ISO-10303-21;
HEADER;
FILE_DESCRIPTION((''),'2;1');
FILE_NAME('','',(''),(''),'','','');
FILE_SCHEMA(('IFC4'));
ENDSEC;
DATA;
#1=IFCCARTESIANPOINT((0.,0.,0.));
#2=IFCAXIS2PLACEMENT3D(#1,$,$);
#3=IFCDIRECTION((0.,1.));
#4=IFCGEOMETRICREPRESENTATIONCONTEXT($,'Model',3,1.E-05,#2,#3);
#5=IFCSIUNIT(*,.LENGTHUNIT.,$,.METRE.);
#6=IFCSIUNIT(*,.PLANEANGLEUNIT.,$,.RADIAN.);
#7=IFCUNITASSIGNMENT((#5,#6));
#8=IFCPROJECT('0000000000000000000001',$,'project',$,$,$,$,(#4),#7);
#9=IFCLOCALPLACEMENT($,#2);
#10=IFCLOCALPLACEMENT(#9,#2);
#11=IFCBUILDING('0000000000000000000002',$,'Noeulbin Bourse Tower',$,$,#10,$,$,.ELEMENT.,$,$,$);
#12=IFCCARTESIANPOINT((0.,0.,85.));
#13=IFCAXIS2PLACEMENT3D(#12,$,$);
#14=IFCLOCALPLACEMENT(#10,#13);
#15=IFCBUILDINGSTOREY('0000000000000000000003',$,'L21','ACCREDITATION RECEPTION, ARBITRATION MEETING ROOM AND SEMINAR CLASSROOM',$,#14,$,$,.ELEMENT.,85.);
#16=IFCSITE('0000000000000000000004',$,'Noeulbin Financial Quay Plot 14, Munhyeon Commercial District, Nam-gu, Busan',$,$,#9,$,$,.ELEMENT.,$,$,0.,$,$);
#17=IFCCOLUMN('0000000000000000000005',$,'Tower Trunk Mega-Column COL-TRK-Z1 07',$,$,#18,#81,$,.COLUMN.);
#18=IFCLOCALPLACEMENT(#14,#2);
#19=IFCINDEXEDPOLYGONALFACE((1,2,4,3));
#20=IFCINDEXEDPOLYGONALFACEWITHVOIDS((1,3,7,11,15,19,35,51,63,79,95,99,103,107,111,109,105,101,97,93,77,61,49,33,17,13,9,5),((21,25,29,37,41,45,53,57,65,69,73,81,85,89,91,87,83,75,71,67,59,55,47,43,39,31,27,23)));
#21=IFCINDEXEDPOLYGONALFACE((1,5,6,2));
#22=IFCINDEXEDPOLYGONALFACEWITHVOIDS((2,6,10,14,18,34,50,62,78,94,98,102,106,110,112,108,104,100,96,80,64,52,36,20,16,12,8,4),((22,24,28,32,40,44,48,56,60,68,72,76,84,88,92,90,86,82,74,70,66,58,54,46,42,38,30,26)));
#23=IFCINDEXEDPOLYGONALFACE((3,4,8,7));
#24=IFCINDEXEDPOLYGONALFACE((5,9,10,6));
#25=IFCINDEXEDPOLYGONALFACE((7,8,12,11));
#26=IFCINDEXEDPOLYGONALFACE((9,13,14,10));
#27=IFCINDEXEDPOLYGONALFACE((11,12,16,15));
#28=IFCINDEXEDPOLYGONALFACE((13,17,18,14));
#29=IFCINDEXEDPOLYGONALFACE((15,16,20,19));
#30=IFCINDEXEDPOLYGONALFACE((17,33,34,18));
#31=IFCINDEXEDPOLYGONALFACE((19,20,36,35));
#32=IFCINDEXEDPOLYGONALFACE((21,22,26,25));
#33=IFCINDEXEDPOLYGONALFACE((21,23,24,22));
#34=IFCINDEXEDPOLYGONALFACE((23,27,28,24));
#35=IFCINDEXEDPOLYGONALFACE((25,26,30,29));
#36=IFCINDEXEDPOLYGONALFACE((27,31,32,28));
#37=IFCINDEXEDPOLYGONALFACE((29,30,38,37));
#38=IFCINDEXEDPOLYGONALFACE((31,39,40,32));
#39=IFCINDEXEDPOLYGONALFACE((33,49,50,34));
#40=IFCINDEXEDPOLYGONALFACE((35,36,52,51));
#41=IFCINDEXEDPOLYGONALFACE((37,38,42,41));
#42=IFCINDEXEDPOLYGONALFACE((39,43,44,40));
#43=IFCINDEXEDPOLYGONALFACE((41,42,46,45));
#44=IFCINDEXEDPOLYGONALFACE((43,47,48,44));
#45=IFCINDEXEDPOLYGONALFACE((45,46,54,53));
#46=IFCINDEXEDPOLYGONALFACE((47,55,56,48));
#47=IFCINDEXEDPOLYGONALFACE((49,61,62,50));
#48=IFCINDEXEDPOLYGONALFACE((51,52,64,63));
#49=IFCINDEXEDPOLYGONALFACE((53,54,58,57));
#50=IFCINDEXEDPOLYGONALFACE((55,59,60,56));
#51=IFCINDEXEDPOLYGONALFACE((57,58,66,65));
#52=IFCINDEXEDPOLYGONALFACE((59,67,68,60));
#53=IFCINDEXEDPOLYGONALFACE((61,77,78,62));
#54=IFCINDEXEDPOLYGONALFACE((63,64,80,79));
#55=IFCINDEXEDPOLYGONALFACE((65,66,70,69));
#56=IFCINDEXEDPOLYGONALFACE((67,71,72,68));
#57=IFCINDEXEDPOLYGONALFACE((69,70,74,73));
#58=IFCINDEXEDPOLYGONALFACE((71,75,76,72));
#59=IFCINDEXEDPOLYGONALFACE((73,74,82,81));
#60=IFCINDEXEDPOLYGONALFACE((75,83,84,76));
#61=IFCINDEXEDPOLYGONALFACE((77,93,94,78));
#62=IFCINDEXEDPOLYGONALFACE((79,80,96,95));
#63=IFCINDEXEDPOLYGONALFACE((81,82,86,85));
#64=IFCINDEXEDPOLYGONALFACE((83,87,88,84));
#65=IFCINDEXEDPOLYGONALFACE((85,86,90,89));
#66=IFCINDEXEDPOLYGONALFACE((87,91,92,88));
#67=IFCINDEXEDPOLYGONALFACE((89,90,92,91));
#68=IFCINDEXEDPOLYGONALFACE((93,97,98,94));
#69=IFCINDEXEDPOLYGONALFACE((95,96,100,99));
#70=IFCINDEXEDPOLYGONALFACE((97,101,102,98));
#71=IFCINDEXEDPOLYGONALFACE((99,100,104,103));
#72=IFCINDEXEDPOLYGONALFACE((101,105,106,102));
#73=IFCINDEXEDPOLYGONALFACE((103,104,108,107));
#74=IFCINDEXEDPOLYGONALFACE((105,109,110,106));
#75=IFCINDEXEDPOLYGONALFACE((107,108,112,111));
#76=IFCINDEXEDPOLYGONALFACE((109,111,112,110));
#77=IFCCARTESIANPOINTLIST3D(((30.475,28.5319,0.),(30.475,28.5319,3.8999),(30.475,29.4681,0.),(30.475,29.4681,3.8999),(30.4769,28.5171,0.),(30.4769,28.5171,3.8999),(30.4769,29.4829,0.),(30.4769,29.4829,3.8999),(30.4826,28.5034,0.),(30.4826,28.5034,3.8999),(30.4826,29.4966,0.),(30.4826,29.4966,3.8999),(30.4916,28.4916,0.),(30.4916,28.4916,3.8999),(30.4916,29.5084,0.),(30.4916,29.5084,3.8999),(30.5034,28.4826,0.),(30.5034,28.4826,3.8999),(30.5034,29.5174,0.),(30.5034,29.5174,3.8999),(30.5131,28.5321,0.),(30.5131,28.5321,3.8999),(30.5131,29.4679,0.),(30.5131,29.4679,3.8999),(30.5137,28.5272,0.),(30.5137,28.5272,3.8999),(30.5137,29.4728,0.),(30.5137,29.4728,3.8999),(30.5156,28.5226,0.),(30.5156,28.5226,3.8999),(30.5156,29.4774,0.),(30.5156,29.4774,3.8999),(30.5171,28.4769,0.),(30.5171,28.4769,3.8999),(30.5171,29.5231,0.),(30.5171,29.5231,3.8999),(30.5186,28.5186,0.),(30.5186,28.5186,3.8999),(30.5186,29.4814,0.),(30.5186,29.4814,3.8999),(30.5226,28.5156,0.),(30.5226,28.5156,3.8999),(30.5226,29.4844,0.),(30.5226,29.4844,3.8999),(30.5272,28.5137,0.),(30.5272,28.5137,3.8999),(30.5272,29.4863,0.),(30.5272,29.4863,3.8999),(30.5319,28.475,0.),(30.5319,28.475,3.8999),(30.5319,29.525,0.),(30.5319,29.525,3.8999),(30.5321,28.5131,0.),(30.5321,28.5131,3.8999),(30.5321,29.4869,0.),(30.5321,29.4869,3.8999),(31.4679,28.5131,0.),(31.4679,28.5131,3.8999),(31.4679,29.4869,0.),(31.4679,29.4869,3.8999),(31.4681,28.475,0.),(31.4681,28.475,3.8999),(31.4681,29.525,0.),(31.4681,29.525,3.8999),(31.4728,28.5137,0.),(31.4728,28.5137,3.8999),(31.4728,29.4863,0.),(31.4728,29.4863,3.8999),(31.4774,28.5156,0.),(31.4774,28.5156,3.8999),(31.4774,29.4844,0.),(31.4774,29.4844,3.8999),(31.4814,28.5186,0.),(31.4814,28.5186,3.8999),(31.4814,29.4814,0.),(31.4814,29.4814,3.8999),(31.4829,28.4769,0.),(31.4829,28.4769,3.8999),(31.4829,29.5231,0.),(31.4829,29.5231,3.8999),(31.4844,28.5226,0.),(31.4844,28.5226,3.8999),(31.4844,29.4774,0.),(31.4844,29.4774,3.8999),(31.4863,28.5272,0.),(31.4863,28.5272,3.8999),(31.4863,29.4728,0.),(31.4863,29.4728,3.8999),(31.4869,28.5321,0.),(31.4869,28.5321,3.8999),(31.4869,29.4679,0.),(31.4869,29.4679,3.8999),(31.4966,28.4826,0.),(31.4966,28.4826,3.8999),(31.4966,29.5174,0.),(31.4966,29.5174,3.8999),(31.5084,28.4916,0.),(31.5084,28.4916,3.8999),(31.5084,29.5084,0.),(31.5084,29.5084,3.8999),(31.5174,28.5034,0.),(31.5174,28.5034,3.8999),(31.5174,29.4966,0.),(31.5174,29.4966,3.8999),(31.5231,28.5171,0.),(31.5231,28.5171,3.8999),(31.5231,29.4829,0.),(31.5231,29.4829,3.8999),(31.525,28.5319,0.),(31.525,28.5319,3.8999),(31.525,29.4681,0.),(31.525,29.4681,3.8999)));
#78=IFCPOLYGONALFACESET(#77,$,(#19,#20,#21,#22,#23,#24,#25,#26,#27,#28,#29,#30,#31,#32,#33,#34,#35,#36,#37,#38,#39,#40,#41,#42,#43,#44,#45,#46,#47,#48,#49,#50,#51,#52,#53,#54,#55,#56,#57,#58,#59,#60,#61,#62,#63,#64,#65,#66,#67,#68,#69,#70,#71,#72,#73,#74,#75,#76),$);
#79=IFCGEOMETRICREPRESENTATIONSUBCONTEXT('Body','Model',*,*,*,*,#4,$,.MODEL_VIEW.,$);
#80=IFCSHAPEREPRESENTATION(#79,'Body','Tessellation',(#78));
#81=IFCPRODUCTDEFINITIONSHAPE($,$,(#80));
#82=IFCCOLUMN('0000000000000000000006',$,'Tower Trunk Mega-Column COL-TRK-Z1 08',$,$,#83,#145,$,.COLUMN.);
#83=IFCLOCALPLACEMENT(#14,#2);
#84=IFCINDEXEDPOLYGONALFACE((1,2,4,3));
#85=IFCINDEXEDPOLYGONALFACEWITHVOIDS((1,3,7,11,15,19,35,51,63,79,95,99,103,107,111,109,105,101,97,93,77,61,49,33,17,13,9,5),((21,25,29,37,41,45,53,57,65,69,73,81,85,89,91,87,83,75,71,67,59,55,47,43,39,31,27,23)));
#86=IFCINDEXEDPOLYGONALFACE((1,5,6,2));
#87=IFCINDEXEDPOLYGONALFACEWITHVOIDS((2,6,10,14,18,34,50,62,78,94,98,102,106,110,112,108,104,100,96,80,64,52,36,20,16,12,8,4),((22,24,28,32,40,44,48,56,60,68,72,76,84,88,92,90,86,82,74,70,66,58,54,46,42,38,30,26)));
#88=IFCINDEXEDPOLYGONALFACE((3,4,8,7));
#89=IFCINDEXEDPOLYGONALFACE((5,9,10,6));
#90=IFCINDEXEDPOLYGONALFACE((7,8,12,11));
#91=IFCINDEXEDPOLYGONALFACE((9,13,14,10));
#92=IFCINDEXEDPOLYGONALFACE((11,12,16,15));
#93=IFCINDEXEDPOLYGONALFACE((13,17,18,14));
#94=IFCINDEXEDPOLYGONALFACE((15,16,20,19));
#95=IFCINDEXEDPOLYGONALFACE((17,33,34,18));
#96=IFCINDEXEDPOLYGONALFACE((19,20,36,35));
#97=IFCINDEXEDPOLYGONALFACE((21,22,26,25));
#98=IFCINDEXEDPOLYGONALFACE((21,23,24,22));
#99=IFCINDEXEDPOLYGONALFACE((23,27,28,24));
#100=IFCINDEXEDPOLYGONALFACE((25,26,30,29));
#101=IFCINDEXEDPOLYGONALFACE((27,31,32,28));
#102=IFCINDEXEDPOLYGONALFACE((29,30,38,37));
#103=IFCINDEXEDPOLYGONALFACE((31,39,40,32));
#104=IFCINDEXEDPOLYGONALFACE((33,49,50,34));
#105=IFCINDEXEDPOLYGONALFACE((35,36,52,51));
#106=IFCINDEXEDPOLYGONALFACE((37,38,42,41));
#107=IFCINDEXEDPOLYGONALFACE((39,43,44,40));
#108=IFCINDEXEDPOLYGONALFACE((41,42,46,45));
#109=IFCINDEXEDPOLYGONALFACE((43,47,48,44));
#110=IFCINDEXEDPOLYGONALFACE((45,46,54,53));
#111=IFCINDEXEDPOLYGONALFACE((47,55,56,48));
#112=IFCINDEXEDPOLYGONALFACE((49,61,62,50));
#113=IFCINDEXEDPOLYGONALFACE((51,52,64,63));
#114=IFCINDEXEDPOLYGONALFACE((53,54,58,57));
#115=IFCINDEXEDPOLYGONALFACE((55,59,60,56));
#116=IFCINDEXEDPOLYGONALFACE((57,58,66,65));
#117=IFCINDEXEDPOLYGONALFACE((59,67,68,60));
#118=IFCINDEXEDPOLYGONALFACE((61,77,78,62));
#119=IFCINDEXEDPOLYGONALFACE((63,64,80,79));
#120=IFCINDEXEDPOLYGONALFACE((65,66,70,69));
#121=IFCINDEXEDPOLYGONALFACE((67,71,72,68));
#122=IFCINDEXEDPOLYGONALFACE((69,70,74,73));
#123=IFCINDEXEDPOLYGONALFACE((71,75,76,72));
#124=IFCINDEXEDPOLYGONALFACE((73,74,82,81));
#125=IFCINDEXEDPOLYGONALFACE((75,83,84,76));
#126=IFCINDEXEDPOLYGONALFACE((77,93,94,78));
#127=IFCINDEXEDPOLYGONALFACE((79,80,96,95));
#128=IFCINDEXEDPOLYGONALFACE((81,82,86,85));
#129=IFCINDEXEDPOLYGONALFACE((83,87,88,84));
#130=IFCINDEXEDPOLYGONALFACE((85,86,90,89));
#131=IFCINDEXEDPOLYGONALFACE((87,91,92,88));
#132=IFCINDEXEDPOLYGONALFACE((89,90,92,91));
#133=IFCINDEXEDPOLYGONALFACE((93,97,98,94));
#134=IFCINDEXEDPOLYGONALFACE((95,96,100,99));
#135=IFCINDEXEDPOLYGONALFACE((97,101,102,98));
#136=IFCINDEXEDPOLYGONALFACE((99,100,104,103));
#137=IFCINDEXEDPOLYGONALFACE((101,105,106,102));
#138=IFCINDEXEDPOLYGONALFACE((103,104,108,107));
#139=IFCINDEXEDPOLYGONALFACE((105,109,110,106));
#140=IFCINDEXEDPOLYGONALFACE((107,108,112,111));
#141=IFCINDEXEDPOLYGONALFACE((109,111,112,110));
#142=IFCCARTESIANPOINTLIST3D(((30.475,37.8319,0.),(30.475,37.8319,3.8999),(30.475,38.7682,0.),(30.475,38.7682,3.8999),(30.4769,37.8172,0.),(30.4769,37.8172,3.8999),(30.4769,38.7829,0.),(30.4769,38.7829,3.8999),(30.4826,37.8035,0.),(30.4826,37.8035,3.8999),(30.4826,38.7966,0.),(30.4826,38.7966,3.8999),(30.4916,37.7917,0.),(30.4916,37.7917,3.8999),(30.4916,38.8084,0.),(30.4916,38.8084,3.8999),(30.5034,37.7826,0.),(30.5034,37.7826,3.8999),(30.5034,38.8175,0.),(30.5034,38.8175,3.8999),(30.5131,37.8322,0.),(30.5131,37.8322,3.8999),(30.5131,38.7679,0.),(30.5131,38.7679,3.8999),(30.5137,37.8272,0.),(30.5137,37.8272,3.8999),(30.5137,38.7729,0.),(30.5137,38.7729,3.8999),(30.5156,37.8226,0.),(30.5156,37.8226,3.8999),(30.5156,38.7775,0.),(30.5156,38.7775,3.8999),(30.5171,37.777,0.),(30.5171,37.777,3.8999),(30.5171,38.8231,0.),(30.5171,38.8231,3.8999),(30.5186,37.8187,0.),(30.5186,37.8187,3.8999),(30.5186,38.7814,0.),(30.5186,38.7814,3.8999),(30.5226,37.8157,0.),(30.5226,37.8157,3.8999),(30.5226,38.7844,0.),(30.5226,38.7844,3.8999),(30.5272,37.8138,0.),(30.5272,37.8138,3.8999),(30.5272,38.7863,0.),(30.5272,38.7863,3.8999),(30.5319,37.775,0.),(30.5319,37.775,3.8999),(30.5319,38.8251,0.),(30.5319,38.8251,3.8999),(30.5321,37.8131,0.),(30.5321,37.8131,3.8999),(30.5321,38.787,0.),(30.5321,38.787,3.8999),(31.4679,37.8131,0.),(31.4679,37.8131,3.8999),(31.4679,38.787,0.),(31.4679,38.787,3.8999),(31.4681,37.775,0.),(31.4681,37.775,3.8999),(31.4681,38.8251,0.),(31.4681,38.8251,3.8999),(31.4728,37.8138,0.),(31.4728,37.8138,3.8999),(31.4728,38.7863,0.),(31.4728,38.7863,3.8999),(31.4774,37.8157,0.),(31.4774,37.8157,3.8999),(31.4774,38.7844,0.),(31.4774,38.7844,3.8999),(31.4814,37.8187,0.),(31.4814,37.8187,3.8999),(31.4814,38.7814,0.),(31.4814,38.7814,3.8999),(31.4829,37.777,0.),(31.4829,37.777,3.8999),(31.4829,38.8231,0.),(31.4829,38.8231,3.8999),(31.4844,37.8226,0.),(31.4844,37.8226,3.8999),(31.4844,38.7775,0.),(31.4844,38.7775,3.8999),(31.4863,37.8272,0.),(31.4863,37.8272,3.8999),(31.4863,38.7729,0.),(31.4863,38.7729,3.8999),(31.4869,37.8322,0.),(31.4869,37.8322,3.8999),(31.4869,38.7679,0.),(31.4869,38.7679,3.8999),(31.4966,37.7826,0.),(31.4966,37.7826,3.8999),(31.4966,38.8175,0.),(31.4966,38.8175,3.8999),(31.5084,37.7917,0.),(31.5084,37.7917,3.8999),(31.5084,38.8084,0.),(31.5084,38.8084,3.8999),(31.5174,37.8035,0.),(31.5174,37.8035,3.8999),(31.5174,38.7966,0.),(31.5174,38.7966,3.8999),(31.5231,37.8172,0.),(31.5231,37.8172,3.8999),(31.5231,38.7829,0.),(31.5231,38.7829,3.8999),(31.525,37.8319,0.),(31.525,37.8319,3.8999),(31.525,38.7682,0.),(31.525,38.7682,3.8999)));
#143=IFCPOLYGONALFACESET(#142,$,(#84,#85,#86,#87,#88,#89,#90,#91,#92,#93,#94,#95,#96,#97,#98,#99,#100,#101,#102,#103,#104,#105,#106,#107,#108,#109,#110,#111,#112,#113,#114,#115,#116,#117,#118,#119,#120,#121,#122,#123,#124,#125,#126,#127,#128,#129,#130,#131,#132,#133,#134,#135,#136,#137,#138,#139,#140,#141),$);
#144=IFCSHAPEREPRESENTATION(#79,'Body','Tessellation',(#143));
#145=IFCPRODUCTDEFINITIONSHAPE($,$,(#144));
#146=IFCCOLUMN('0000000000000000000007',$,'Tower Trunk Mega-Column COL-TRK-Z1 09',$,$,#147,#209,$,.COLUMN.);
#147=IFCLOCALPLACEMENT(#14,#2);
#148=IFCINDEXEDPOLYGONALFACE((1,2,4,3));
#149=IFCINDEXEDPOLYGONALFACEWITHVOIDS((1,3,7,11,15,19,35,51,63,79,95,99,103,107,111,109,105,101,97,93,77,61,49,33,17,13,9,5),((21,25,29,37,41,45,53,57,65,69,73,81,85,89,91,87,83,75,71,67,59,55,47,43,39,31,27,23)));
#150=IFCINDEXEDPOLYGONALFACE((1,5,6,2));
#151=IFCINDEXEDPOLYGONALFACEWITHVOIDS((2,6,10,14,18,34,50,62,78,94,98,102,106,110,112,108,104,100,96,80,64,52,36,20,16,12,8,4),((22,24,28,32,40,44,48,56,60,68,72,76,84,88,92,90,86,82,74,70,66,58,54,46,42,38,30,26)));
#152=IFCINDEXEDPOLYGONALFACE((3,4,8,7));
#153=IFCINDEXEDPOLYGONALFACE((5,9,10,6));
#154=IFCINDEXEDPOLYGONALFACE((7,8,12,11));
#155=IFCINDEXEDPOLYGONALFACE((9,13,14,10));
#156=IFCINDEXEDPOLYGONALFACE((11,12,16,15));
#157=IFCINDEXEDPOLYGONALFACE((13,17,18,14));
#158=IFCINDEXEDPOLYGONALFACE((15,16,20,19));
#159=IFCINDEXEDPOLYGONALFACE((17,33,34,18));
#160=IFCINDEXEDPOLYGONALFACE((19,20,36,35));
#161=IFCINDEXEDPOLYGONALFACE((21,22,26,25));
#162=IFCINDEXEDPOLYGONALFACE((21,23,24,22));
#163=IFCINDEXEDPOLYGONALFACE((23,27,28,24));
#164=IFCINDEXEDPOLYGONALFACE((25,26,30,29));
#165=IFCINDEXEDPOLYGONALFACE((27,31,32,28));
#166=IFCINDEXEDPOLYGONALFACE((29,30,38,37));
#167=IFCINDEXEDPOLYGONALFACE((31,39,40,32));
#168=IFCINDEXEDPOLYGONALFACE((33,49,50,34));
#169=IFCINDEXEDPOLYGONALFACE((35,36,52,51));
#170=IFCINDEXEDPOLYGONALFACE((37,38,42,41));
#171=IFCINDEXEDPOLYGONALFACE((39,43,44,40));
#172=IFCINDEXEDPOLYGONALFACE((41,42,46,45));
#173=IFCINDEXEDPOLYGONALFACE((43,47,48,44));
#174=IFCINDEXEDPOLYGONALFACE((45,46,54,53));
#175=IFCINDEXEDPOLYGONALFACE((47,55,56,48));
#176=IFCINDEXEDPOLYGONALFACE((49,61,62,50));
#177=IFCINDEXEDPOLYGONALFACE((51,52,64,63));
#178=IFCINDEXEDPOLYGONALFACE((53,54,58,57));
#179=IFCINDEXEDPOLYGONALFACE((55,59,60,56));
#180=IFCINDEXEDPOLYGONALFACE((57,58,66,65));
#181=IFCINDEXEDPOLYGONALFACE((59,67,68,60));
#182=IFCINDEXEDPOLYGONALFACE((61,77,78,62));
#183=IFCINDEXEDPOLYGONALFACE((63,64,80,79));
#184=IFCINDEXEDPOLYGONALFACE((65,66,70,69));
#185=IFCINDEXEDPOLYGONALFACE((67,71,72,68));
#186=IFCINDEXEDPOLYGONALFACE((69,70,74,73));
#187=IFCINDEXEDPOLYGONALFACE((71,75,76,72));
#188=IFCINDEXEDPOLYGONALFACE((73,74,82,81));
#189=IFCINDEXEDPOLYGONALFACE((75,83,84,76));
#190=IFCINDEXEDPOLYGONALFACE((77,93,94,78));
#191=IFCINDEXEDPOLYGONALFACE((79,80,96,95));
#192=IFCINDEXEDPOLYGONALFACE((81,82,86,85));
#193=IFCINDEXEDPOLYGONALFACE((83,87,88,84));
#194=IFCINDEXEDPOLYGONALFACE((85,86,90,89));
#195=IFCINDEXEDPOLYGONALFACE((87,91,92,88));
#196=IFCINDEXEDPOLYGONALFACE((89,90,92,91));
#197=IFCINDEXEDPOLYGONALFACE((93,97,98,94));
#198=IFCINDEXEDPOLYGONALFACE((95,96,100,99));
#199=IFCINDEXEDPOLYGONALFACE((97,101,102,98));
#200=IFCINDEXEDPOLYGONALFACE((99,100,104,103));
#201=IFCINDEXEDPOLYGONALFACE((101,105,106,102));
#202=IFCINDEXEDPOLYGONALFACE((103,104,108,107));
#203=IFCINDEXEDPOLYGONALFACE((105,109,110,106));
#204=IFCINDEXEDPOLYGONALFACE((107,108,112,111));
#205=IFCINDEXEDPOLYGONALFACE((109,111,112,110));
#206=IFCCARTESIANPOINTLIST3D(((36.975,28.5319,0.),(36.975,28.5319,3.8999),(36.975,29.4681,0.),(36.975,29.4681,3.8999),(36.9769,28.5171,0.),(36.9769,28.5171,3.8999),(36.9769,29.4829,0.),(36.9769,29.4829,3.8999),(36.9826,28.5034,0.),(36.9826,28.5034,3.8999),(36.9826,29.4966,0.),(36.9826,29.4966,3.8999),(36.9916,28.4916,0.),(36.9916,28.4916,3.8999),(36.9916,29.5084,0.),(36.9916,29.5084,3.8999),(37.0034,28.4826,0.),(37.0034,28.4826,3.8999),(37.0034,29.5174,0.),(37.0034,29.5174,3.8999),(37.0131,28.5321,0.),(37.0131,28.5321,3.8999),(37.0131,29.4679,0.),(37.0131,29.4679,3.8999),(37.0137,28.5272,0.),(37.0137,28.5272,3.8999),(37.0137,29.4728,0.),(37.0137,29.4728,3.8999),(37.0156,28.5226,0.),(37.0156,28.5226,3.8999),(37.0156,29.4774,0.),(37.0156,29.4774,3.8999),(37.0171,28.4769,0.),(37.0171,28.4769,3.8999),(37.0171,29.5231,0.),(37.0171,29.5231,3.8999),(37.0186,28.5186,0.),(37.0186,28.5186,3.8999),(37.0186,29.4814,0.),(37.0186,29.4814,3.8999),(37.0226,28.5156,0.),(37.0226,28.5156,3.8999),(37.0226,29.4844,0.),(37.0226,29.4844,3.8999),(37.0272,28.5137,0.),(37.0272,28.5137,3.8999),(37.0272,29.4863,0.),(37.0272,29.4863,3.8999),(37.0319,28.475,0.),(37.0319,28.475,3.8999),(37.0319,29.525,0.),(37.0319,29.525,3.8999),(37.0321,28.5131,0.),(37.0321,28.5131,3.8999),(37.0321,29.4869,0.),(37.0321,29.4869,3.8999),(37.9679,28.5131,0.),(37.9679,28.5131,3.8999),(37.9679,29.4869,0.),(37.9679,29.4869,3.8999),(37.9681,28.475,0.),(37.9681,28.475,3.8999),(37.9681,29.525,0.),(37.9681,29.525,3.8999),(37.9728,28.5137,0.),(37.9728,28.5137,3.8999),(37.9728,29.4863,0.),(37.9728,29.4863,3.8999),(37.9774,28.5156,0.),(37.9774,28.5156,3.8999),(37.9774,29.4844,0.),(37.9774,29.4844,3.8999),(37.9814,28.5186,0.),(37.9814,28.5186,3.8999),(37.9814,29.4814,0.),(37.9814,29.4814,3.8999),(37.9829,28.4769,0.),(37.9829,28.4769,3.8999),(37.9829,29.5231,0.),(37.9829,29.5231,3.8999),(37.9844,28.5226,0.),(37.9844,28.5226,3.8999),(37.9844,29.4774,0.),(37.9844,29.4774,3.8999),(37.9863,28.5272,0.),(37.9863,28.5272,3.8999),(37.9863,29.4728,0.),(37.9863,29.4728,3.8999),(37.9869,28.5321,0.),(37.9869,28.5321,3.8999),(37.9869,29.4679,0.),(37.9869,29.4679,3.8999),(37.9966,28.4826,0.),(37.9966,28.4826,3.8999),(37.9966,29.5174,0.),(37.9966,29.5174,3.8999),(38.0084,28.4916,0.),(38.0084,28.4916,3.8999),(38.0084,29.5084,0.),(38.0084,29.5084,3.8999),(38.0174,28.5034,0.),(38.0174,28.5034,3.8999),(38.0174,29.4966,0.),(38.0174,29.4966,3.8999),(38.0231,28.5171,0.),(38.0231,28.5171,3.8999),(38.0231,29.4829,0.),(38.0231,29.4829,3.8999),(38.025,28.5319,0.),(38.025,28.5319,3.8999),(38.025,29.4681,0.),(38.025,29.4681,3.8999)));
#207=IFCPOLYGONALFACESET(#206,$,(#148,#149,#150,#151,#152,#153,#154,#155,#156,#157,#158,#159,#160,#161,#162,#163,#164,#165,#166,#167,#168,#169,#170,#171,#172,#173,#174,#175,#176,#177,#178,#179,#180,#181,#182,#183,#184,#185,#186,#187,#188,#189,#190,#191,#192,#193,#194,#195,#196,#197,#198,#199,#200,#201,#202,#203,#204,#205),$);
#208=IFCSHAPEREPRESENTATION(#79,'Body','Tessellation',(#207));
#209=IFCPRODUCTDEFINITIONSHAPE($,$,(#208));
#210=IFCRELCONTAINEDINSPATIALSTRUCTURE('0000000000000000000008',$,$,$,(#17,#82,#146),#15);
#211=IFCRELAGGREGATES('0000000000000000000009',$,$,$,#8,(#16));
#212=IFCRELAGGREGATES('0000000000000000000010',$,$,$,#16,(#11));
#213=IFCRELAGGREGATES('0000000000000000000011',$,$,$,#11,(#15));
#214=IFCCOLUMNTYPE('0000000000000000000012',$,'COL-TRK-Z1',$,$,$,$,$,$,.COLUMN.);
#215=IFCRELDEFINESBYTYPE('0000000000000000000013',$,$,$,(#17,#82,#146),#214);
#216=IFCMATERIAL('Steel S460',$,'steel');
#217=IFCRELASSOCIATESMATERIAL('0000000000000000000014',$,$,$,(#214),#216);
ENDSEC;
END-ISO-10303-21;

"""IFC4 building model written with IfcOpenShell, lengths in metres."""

from ifc_helpers import new_model, si_unit, direction, frame, origin, origin_2d, place, context, subcontext, project, spatial, hollow_rectangle, extrude, material, material_profile, profile_set, type_object, element, save


model = new_model("IFC4")

# Units and contexts
model_context = context("Model", 3, precision=1e-05, world=origin(), true_north=direction((0.0, 1.0)))
body_context = subcontext(model_context, "Body", "Model", "MODEL_VIEW")
ifc_project = project(units=[si_unit("LENGTHUNIT", "METRE"), si_unit("PLANEANGLEUNIT", "RADIAN")], contexts=[model_context])

# Site, building, storey
site_placement = place(None, origin())
site = spatial("IfcSite", under=ifc_project, at=site_placement, Name="Noeulbin Financial Quay Plot 14, Munhyeon Commercial District, Nam-gu, Busan", CompositionType="ELEMENT", RefElevation=0.0)
building_placement = place(site_placement, origin())
building = spatial("IfcBuilding", under=site, at=building_placement, Name="Noeulbin Bourse Tower", CompositionType="ELEMENT")
storey_placement = place(building_placement, frame((0.0, 0.0, 85.0)))
storey = spatial("IfcBuildingStorey", under=building, at=storey_placement, Name="L21", Description="ACCREDITATION RECEPTION, ARBITRATION MEETING ROOM AND SEMINAR CLASSROOM", CompositionType="ELEMENT", Elevation=85.0)

# Columns
ifc_material_1 = material(Name="Steel S460", Category="steel")
ifc_material_profile_1 = material_profile(ifc_material_1, hollow_rectangle(XDim=1.05, YDim=1.05, WallThickness=0.0381, InnerFilletRadius=0.019, OuterFilletRadius=0.0569, at=origin_2d()), Name="BOX-1050x1050x38", Category="LoadBearing")
ifc_profile_set_1 = profile_set([ifc_material_profile_1], Name="Steel S460")
column_type = type_object("IfcColumnType", Name="COL-TRK-Z1", PredefinedType="COLUMN", material=ifc_profile_set_1)
for number, where, z_axis, x_axis, name in (
    (1, (31.0, 29.0, 0.0), (0.0, 0.0, 1.0), (1.0, 0.0, 0.0), "Tower Trunk Mega-Column COL-TRK-Z1 07"),
    (2, (31.0, 38.3, 0.0), (0.0, 0.0, 1.0), (1.0, 0.0, 0.0), "Tower Trunk Mega-Column COL-TRK-Z1 08"),
    (3, (37.5, 29.0, 0.0), (0.0, 0.0, 1.0), (1.0, 0.0, 0.0), "Tower Trunk Mega-Column COL-TRK-Z1 09"),
):
    element("IfcColumn", number, at=place(storey_placement, frame(where, z_axis=z_axis, x_axis=x_axis)), inside=storey, type_object=column_type, Name=name, PredefinedType="COLUMN", context=body_context, shape_type="SweptSolid", body=[
        extrude(hollow_rectangle(XDim=1.05, YDim=1.05, WallThickness=0.0381, InnerFilletRadius=0.019, OuterFilletRadius=0.0569, at=origin_2d()), origin(), (0.0, 0.0, 1.0), 3.8999),
    ])

save(model, "model.ifc")
